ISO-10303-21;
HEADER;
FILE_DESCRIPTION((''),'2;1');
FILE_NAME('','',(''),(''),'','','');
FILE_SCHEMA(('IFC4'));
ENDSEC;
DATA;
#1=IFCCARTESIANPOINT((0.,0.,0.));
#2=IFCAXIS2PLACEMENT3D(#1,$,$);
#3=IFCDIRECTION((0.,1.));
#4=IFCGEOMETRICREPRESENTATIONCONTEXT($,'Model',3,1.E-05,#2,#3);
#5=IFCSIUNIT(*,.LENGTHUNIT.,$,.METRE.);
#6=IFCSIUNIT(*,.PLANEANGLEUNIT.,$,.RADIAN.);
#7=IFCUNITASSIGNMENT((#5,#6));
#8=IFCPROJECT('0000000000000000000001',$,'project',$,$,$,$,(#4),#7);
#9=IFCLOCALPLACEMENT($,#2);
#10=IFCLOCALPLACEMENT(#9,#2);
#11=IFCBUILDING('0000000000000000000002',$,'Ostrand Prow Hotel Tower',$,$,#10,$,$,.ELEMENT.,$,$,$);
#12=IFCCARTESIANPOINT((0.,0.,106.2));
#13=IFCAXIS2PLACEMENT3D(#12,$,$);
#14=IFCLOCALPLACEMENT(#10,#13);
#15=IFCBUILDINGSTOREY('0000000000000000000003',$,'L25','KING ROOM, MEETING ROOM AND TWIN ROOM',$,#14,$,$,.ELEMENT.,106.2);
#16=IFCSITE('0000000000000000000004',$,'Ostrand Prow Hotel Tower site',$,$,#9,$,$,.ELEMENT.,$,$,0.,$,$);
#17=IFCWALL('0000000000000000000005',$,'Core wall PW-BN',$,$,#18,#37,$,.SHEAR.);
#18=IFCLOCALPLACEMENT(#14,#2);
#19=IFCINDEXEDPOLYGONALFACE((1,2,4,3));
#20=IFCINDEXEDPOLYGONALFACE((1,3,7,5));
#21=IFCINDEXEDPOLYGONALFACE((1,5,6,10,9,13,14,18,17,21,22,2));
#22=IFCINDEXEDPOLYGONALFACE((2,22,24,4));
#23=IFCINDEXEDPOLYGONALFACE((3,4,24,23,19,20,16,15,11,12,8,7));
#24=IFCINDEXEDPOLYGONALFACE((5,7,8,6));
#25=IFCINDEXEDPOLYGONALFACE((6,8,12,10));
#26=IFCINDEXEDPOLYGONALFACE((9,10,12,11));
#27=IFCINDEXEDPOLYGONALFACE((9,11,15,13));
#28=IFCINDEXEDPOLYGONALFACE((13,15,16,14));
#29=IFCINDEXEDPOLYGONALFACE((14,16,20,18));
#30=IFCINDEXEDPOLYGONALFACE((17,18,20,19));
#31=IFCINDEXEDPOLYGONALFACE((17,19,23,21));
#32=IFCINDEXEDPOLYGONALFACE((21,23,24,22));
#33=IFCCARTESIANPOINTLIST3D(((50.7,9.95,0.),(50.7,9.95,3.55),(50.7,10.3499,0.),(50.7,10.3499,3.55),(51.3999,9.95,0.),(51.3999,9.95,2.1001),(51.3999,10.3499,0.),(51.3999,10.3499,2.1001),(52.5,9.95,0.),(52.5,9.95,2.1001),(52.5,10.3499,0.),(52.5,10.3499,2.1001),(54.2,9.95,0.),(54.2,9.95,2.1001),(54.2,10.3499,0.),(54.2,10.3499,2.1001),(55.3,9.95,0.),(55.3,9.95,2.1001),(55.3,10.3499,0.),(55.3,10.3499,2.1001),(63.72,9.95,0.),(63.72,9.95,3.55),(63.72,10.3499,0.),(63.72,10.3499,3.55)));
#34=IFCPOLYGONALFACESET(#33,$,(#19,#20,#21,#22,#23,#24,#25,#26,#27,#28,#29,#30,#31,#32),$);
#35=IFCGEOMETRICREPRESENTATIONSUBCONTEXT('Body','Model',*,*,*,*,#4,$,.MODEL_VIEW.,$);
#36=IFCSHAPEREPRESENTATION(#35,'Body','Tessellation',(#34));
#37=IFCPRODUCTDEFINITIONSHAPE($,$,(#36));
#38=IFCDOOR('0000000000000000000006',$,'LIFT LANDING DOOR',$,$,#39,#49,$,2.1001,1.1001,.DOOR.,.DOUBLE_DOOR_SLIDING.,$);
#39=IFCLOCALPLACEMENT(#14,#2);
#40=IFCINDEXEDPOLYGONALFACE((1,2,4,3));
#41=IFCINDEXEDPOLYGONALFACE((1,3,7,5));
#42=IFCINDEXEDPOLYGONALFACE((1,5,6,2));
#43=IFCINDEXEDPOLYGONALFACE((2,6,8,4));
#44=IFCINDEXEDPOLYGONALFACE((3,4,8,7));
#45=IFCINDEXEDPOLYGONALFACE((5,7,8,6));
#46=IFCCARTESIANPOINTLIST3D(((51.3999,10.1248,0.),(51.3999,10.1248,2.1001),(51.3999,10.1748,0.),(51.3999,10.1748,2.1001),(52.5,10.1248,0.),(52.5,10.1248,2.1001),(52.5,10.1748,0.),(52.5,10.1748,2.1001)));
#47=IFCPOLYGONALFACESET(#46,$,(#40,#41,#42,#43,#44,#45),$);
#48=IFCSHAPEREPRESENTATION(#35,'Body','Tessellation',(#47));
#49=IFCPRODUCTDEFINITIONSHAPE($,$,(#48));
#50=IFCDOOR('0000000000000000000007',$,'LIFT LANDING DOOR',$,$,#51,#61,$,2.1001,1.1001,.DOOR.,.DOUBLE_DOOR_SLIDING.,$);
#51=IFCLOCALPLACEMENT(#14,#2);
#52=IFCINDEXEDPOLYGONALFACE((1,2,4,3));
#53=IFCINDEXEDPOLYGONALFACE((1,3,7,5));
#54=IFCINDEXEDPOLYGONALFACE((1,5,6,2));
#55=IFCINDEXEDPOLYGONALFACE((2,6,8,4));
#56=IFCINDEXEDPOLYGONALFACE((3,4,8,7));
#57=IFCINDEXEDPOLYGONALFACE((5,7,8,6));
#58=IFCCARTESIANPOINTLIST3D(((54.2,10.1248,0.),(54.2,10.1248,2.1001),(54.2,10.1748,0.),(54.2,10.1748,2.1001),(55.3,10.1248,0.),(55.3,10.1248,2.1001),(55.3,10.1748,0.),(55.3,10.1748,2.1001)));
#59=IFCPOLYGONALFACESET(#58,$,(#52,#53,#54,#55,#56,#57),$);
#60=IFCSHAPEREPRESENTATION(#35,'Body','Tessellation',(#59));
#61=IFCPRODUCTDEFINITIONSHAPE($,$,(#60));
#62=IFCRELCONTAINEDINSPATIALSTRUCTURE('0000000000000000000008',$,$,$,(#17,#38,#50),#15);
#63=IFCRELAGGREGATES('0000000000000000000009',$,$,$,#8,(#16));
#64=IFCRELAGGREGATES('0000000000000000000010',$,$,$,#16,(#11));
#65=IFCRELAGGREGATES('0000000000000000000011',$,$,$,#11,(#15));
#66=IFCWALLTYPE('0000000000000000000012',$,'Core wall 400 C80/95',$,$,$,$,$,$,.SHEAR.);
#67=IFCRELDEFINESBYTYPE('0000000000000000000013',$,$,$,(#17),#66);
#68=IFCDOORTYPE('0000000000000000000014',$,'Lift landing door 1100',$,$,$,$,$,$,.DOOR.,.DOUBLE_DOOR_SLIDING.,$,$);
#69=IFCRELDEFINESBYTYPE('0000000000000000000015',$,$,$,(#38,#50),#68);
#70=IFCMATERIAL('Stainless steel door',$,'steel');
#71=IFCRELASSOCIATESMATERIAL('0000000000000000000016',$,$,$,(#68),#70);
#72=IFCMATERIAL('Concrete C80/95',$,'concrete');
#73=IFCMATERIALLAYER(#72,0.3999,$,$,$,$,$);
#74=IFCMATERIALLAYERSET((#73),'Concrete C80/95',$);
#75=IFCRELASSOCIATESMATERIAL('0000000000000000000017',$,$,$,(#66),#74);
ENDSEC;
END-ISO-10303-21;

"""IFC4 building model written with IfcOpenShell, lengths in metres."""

from ifc_helpers import new_model, si_unit, direction, frame, frame_2d, origin, place, context, subcontext, project, spatial, rectangle, extrude, material, layer, layer_set, type_object, element, fill, save


model = new_model("IFC4")

# Units and contexts
model_context = context("Model", 3, precision=1e-05, world=origin(), true_north=direction((0.0, 1.0)))
body_context = subcontext(model_context, "Body", "Model", "MODEL_VIEW")
ifc_project = project(units=[si_unit("LENGTHUNIT", "METRE"), si_unit("PLANEANGLEUNIT", "RADIAN")], contexts=[model_context])

# Site, building, storey
site_placement = place(None, origin())
site = spatial("IfcSite", under=ifc_project, at=site_placement, Name="Ostrand Prow Hotel Tower site", CompositionType="ELEMENT", RefElevation=0.0)
building_placement = place(site_placement, origin())
building = spatial("IfcBuilding", under=site, at=building_placement, Name="Ostrand Prow Hotel Tower", CompositionType="ELEMENT")
storey_placement = place(building_placement, frame((0.0, 0.0, 106.2)))
storey = spatial("IfcBuildingStorey", under=building, at=storey_placement, Name="L25", Description="KING ROOM, MEETING ROOM AND TWIN ROOM", CompositionType="ELEMENT", Elevation=106.2)

# Shared definitions
ifc_material_1 = material(Name="Stainless steel door", Category="steel")
door_type_1 = type_object("IfcDoorType", Name="Lift landing door 1100", OperationType="DOUBLE_DOOR_SLIDING", PredefinedType="DOOR", material=ifc_material_1)

# Wall, openings, doors
ifc_material_2 = material(Name="Concrete C80/95", Category="concrete")
ifc_layer_1 = layer(ifc_material_2, 0.3999)
ifc_layer_set_1 = layer_set([ifc_layer_1], Name="Concrete C80/95")
wall_type_1 = type_object("IfcWallType", Name="Core wall 400 C80/95", PredefinedType="SHEAR", material=ifc_layer_set_1)
wall_1_placement = place(storey_placement, frame((50.7, 10.1499, 0.0), z_axis=(0.0, 0.0, 1.0), x_axis=(1.0, 0.0, 0.0)))
wall_1 = element("IfcWall", 1, at=wall_1_placement, inside=storey, type_object=wall_type_1, Name="Core wall PW-BN", PredefinedType="SHEAR", context=body_context, shape_type="SweptSolid", body=[
    extrude(rectangle(XDim=13.02, YDim=0.3999, at=frame_2d((6.51, 0.0))), origin(), (0.0, 0.0, 1.0), 3.55),
])
opening_1_placement = place(wall_1_placement, frame((0.7, 0.0, 0.0)))
opening_1 = element("IfcOpeningElement", 2, at=opening_1_placement, cuts=wall_1, PredefinedType="OPENING", context=body_context, shape_type="SweptSolid", body=[
    extrude(rectangle(XDim=1.1001, YDim=2.1001, at=frame_2d((0.55, 1.05))), frame((0.0, 0.21, 0.0), z_axis=(0.0, -1.0, 0.0), x_axis=(1.0, 0.0, 0.0)), (0.0, 0.0, 1.0), 0.4199),
])
opening_2_placement = place(wall_1_placement, frame((3.5, 0.0, 0.0)))
opening_2 = element("IfcOpeningElement", 3, at=opening_2_placement, cuts=wall_1, PredefinedType="OPENING", context=body_context, shape_type="SweptSolid", body=[
    extrude(rectangle(XDim=1.1001, YDim=2.1001, at=frame_2d((0.55, 1.05))), frame((0.0, 0.21, 0.0), z_axis=(0.0, -1.0, 0.0), x_axis=(1.0, 0.0, 0.0)), (0.0, 0.0, 1.0), 0.4199),
])
door_1_placement = place(opening_1_placement, origin())
door_1 = element("IfcDoor", 4, at=door_1_placement, inside=storey, type_object=door_type_1, Name="LIFT LANDING DOOR", OperationType="DOUBLE_DOOR_SLIDING", OverallHeight=2.1001, OverallWidth=1.1001, PredefinedType="DOOR", context=body_context, shape_type="SweptSolid", body=[
    extrude(rectangle(XDim=1.1001, YDim=2.1001, at=frame_2d((0.55, 1.05))), frame((0.0, 0.0249, 0.0), z_axis=(0.0, -1.0, 0.0), x_axis=(1.0, 0.0, 0.0)), (0.0, 0.0, 1.0), 0.05),
])
fill(opening_1, door_1)
door_2_placement = place(opening_2_placement, origin())
door_2 = element("IfcDoor", 5, at=door_2_placement, inside=storey, type_object=door_type_1, Name="LIFT LANDING DOOR", OperationType="DOUBLE_DOOR_SLIDING", OverallHeight=2.1001, OverallWidth=1.1001, PredefinedType="DOOR", context=body_context, shape_type="SweptSolid", body=[
    extrude(rectangle(XDim=1.1001, YDim=2.1001, at=frame_2d((0.55, 1.05))), frame((0.0, 0.0249, 0.0), z_axis=(0.0, -1.0, 0.0), x_axis=(1.0, 0.0, 0.0)), (0.0, 0.0, 1.0), 0.05),
])
fill(opening_2, door_2)

save(model, "model.ifc")
